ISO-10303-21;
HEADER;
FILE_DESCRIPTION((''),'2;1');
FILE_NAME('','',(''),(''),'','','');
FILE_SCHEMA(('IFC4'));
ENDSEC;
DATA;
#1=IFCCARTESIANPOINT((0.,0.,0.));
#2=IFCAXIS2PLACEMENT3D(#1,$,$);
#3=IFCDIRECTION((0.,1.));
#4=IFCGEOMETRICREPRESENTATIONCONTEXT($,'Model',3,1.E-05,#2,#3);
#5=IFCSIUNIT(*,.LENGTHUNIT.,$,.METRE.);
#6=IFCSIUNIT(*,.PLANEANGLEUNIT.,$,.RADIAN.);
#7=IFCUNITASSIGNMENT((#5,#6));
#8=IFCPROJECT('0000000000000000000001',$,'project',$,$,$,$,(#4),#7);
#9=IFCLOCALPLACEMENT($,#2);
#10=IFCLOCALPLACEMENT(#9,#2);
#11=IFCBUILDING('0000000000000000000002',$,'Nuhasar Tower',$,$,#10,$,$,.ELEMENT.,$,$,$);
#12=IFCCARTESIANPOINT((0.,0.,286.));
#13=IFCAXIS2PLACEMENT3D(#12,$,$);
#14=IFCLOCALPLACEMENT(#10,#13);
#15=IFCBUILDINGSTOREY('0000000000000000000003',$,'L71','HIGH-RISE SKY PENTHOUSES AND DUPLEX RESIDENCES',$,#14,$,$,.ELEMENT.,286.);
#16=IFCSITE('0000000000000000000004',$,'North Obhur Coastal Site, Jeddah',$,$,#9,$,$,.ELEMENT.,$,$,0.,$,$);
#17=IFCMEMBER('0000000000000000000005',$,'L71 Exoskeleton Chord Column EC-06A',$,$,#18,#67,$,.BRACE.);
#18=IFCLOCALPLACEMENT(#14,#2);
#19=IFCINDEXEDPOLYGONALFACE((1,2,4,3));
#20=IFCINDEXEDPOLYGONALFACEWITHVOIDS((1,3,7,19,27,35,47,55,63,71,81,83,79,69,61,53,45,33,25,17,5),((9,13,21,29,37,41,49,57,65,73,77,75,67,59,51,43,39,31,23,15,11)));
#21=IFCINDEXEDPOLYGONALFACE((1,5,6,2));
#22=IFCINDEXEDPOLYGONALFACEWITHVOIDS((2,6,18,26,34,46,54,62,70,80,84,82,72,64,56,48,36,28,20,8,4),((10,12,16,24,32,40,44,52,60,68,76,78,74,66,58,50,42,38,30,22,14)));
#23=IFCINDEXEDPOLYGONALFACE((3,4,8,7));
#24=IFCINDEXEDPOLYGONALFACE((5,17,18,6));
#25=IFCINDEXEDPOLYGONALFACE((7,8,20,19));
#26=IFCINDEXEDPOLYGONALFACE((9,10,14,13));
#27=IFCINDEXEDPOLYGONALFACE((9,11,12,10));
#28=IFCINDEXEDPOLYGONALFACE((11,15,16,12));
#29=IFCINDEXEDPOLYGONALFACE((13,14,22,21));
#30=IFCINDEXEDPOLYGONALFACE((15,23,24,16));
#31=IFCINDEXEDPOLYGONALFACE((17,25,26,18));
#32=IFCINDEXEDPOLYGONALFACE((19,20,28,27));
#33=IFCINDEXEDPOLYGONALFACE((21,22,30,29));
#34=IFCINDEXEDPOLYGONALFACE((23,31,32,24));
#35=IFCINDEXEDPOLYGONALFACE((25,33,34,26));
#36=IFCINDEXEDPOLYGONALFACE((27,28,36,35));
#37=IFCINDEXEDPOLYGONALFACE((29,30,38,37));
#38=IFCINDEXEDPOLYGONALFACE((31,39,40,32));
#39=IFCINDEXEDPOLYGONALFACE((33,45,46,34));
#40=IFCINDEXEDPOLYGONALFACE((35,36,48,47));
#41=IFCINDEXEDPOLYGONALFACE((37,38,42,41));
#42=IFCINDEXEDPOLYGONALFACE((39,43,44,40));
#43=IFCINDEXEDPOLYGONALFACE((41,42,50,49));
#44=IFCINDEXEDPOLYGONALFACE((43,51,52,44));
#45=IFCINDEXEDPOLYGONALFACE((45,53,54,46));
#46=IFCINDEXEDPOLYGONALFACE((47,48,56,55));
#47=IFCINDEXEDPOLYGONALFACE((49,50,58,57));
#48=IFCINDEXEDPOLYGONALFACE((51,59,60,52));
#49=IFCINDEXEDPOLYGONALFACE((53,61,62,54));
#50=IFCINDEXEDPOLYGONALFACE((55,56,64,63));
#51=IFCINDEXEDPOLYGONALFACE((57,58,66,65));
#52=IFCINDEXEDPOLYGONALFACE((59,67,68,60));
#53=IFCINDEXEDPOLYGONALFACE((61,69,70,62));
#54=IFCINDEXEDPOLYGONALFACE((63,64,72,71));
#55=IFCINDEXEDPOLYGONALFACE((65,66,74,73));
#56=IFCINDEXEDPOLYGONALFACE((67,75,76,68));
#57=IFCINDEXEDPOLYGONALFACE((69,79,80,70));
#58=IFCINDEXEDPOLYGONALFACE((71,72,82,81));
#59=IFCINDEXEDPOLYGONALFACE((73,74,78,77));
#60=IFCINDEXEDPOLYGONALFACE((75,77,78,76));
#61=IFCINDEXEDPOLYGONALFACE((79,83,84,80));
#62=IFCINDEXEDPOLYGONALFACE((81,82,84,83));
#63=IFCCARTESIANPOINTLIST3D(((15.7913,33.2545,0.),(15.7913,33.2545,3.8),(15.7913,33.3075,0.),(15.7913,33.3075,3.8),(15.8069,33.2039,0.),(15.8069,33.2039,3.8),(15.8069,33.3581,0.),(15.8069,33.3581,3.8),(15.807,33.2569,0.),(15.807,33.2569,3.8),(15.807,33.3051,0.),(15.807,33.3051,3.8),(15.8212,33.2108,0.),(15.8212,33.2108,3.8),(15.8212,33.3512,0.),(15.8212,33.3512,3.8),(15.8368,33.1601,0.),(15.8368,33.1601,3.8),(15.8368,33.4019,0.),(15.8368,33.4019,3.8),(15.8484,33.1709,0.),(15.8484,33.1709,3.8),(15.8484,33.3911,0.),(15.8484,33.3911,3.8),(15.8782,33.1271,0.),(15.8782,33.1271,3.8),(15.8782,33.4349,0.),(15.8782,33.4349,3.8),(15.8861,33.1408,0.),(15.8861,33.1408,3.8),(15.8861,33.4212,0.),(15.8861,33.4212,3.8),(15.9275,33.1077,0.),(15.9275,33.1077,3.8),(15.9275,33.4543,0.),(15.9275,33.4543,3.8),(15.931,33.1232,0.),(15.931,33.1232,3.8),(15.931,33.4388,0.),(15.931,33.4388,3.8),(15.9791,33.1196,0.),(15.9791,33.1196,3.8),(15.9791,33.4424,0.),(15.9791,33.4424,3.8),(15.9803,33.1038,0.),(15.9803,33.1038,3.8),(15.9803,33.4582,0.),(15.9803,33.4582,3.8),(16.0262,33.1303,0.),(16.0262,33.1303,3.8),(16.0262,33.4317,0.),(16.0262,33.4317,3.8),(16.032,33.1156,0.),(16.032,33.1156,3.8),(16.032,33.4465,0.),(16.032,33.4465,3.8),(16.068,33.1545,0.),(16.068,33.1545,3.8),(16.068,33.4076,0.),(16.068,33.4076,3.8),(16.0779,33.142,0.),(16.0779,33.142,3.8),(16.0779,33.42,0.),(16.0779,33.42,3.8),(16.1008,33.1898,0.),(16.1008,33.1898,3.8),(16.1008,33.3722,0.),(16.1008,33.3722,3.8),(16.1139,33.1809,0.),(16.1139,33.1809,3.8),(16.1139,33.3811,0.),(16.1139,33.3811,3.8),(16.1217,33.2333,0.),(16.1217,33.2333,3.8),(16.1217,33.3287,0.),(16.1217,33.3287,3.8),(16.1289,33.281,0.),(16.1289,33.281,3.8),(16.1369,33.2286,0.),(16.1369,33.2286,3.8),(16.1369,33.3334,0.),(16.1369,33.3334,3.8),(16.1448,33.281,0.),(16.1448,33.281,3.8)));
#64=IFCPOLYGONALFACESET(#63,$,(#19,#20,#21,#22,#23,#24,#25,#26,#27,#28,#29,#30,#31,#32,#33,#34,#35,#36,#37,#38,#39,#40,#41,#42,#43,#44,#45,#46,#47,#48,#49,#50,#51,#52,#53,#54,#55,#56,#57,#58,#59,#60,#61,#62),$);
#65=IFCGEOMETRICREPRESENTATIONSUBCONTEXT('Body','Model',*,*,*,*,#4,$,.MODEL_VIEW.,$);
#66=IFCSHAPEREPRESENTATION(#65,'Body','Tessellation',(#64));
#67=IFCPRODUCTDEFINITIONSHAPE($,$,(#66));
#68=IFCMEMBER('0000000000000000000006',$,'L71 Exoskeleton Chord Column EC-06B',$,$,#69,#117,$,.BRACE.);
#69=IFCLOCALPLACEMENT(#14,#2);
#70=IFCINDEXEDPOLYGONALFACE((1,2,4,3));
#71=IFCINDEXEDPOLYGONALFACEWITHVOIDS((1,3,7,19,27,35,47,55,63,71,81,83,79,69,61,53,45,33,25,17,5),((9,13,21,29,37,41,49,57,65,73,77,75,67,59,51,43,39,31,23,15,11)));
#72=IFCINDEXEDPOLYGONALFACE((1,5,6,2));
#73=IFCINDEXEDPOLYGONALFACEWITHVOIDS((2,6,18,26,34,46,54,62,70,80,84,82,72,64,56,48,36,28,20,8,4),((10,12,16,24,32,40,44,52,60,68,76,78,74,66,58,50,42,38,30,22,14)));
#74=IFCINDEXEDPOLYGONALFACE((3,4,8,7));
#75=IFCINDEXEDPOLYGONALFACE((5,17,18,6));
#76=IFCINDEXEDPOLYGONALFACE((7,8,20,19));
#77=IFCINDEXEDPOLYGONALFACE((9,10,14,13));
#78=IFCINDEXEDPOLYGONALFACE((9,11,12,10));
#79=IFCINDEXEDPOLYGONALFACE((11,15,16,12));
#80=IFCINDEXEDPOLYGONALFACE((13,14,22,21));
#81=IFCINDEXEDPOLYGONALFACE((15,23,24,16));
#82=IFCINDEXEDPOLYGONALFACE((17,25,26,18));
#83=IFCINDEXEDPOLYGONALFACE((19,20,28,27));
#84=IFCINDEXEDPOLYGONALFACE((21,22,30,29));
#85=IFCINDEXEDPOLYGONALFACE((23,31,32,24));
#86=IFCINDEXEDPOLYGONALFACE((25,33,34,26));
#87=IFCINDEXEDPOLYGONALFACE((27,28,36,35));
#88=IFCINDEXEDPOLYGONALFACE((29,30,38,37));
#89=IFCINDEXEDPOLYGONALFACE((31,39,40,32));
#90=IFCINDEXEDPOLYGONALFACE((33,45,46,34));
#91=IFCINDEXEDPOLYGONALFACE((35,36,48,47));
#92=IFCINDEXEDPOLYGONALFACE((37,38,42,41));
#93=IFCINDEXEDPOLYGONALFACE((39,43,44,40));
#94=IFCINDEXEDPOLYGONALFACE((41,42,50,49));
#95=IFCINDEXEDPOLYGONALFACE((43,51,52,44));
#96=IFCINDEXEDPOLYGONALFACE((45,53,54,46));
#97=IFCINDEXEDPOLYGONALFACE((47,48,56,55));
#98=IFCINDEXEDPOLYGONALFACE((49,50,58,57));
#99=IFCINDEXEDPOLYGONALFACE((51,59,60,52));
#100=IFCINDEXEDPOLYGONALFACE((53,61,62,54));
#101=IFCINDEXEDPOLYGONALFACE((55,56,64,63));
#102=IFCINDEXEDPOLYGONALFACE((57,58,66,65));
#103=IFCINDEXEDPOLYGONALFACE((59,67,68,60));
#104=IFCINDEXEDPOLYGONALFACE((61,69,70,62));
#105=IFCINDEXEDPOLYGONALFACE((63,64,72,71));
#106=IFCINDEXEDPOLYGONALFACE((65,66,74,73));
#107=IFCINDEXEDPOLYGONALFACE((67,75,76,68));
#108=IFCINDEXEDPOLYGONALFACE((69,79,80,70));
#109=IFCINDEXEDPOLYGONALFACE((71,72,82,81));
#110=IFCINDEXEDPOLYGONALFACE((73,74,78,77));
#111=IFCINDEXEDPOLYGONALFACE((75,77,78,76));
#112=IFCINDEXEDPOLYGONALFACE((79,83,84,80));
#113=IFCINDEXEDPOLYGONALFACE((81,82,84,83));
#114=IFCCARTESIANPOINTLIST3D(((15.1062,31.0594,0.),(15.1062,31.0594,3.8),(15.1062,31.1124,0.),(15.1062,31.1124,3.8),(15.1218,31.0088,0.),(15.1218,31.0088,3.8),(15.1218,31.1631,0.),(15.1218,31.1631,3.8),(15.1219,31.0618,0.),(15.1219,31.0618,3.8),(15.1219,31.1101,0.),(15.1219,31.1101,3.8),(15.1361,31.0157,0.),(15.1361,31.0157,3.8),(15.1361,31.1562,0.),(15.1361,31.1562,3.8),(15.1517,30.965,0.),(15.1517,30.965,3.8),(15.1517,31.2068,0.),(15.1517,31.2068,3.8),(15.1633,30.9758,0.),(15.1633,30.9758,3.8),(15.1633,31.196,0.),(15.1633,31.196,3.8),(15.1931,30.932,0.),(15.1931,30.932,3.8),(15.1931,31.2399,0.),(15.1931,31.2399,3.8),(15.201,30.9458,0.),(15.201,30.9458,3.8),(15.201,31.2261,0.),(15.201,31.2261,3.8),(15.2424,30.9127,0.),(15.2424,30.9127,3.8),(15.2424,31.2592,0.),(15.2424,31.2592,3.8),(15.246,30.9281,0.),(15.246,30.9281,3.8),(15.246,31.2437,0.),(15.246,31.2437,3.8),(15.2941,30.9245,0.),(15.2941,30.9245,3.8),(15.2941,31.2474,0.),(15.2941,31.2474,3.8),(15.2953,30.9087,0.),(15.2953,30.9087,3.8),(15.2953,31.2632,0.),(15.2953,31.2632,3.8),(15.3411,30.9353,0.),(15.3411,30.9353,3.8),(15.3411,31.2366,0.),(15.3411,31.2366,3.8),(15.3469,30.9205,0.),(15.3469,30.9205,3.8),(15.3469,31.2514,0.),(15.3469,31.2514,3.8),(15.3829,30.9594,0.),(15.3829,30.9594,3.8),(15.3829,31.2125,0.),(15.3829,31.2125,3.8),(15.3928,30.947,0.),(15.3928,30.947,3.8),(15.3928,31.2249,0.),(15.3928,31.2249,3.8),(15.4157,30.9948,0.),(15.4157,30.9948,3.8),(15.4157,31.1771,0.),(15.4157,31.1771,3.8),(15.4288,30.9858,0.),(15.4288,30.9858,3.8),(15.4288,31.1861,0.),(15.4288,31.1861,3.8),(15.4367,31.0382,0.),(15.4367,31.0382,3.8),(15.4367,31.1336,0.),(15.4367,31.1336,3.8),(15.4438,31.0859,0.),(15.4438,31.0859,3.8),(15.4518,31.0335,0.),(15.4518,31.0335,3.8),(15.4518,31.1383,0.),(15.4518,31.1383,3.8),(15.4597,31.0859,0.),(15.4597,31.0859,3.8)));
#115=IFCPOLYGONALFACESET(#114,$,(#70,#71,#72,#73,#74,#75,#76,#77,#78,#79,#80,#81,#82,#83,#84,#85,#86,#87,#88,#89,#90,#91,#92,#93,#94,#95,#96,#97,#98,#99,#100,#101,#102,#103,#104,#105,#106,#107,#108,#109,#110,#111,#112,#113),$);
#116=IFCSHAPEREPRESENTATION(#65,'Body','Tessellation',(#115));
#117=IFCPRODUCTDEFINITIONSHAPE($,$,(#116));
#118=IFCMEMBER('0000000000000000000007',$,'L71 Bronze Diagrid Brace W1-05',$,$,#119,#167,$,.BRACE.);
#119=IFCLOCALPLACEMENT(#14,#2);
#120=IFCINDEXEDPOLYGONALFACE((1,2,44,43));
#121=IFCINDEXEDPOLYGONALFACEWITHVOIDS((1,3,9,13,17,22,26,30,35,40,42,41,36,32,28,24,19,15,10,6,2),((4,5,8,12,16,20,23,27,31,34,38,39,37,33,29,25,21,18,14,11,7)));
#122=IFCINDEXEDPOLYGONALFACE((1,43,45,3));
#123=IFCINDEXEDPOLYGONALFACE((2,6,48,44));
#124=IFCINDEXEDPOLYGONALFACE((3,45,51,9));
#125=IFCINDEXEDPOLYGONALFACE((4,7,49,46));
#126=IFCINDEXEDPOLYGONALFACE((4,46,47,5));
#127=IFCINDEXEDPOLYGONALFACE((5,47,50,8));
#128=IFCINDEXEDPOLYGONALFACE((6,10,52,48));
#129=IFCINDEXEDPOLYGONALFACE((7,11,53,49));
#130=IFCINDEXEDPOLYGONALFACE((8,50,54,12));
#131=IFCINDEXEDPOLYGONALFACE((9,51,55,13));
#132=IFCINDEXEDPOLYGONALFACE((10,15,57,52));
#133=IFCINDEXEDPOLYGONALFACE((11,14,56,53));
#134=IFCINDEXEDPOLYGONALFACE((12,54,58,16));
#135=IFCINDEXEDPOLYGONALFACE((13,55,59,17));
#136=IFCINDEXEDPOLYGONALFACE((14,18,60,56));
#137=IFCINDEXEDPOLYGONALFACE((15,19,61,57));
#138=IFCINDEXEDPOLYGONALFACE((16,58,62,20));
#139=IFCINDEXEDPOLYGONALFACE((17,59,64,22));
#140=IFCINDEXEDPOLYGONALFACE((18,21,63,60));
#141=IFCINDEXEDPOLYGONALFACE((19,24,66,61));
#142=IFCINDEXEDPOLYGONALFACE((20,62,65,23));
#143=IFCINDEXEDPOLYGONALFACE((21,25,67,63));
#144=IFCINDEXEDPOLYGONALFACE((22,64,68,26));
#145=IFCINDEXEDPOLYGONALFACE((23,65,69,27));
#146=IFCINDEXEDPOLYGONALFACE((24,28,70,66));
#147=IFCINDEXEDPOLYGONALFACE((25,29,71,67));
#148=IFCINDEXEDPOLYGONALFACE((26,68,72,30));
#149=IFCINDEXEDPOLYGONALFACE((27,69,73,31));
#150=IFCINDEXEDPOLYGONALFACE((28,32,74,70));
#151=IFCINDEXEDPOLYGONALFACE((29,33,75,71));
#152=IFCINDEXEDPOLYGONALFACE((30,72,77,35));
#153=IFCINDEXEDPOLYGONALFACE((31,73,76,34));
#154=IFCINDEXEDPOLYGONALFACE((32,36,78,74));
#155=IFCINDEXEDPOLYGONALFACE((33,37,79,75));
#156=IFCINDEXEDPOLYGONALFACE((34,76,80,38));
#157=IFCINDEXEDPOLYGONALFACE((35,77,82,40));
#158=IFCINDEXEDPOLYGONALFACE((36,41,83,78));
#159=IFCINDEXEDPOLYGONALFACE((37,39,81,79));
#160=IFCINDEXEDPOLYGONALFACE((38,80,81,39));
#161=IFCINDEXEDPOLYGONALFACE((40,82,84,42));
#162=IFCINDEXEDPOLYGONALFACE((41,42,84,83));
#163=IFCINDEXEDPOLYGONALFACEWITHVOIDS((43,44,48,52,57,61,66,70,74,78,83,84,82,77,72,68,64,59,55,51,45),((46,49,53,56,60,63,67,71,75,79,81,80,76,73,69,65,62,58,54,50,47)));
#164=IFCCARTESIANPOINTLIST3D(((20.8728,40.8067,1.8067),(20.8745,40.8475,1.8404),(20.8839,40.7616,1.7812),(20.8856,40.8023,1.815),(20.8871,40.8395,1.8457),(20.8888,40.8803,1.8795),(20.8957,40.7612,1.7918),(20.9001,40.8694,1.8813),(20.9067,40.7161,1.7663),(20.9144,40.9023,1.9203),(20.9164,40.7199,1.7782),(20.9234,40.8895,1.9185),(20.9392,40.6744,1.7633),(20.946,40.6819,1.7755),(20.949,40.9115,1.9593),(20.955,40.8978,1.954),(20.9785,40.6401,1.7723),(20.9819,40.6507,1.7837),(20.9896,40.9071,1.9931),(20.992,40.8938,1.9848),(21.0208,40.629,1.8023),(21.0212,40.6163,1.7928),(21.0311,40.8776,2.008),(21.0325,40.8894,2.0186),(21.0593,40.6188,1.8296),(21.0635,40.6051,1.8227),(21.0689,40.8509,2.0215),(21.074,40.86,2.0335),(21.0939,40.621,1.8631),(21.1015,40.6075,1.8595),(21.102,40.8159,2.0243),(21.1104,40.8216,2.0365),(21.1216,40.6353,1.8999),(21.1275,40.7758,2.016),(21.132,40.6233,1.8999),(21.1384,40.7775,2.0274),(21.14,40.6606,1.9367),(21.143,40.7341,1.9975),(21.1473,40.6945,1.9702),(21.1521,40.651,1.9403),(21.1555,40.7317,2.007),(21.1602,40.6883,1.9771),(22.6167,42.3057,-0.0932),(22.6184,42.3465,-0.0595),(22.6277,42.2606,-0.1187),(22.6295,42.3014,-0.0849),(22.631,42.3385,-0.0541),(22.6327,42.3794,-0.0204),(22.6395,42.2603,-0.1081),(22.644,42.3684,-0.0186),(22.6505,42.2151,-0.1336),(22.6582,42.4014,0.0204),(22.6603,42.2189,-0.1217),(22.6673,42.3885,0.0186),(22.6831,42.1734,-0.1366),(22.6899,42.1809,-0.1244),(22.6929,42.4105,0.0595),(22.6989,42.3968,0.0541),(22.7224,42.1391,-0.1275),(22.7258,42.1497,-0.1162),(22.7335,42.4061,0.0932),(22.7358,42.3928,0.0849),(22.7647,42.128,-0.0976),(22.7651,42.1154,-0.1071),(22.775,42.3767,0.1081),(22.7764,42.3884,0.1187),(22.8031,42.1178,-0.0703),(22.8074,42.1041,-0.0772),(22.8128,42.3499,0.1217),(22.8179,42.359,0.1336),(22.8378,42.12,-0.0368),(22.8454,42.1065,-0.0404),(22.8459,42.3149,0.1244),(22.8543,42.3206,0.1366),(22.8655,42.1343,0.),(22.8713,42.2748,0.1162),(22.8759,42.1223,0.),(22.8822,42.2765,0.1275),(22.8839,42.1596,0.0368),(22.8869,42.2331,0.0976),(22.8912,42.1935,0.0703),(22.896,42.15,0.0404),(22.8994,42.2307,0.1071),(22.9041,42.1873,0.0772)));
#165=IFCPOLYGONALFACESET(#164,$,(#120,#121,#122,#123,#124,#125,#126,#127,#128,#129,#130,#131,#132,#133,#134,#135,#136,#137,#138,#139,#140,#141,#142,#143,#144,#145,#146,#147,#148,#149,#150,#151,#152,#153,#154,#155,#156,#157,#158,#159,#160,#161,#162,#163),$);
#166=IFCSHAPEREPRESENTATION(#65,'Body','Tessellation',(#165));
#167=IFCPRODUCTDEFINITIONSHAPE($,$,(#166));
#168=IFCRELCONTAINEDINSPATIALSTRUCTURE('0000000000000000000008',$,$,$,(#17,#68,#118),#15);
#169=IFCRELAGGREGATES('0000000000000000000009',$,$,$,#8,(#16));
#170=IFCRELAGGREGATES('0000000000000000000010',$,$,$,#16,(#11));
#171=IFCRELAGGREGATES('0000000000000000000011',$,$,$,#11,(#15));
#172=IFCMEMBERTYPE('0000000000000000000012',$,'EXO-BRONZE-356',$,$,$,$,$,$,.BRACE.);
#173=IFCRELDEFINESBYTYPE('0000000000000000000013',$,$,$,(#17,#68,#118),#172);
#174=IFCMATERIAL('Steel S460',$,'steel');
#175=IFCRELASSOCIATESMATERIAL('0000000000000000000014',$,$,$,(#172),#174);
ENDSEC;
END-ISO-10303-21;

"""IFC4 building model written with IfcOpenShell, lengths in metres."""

from ifc_helpers import new_model, si_unit, direction, frame, origin, origin_2d, place, context, subcontext, project, spatial, hollow_circle, extrude, material, material_profile, profile_set, type_object, element, save


model = new_model("IFC4")

# Units and contexts
model_context = context("Model", 3, precision=1e-05, world=origin(), true_north=direction((0.0, 1.0)))
body_context = subcontext(model_context, "Body", "Model", "MODEL_VIEW")
ifc_project = project(units=[si_unit("LENGTHUNIT", "METRE"), si_unit("PLANEANGLEUNIT", "RADIAN")], contexts=[model_context])

# Site, building, storey
site_placement = place(None, origin())
site = spatial("IfcSite", under=ifc_project, at=site_placement, Name="North Obhur Coastal Site, Jeddah", CompositionType="ELEMENT", RefElevation=0.0)
building_placement = place(site_placement, origin())
building = spatial("IfcBuilding", under=site, at=building_placement, Name="Nuhasar Tower", CompositionType="ELEMENT")
storey_placement = place(building_placement, frame((0.0, 0.0, 286.0)))
storey = spatial("IfcBuildingStorey", under=building, at=storey_placement, Name="L71", Description="HIGH-RISE SKY PENTHOUSES AND DUPLEX RESIDENCES", CompositionType="ELEMENT", Elevation=286.0)

# Members
ifc_material_1 = material(Name="Steel S460", Category="steel")
ifc_material_profile_1 = material_profile(ifc_material_1, hollow_circle(Radius=0.1777, WallThickness=0.0159, at=origin_2d()), Name="HSS355.6X15.9")
ifc_profile_set_1 = profile_set([ifc_material_profile_1], Name="Steel S460")
member_type_1 = type_object("IfcMemberType", Name="EXO-BRONZE-356", PredefinedType="BRACE", material=ifc_profile_set_1)
for number, where, z_axis, x_axis, name in (
    (1, (15.967, 33.281, 0.0), (0.0, 0.0, 1.0), (1.0, 0.0, 0.0), "L71 Exoskeleton Chord Column EC-06A"),
    (2, (15.282, 31.0859, 0.0), (0.0, 0.0, 1.0), (1.0, 0.0, 0.0), "L71 Exoskeleton Chord Column EC-06B"),
):
    element("IfcMember", number, at=place(storey_placement, frame(where, z_axis=z_axis, x_axis=x_axis)), inside=storey, type_object=member_type_1, Name=name, PredefinedType="BRACE", context=body_context, shape_type="SweptSolid", body=[
        extrude(hollow_circle(Radius=0.1777, WallThickness=0.0159, at=origin_2d()), origin(), (0.0, 0.0, 1.0), 3.8),
    ])
member_1_placement = place(storey_placement, frame((22.76, 42.2571, 0.0), z_axis=(-0.584625, -0.502534, 0.636925), x_axis=(0.651857, -0.758342, 0.0)))
element("IfcMember", 3, at=member_1_placement, inside=storey, type_object=member_type_1, Name="L71 Bronze Diagrid Brace W1-05", PredefinedType="BRACE", context=body_context, shape_type="SweptSolid", body=[
    extrude(hollow_circle(Radius=0.1777, WallThickness=0.0159, at=origin_2d()), origin(), (0.0, 0.0, 1.0), 2.9829),
])

save(model, "model.ifc")
